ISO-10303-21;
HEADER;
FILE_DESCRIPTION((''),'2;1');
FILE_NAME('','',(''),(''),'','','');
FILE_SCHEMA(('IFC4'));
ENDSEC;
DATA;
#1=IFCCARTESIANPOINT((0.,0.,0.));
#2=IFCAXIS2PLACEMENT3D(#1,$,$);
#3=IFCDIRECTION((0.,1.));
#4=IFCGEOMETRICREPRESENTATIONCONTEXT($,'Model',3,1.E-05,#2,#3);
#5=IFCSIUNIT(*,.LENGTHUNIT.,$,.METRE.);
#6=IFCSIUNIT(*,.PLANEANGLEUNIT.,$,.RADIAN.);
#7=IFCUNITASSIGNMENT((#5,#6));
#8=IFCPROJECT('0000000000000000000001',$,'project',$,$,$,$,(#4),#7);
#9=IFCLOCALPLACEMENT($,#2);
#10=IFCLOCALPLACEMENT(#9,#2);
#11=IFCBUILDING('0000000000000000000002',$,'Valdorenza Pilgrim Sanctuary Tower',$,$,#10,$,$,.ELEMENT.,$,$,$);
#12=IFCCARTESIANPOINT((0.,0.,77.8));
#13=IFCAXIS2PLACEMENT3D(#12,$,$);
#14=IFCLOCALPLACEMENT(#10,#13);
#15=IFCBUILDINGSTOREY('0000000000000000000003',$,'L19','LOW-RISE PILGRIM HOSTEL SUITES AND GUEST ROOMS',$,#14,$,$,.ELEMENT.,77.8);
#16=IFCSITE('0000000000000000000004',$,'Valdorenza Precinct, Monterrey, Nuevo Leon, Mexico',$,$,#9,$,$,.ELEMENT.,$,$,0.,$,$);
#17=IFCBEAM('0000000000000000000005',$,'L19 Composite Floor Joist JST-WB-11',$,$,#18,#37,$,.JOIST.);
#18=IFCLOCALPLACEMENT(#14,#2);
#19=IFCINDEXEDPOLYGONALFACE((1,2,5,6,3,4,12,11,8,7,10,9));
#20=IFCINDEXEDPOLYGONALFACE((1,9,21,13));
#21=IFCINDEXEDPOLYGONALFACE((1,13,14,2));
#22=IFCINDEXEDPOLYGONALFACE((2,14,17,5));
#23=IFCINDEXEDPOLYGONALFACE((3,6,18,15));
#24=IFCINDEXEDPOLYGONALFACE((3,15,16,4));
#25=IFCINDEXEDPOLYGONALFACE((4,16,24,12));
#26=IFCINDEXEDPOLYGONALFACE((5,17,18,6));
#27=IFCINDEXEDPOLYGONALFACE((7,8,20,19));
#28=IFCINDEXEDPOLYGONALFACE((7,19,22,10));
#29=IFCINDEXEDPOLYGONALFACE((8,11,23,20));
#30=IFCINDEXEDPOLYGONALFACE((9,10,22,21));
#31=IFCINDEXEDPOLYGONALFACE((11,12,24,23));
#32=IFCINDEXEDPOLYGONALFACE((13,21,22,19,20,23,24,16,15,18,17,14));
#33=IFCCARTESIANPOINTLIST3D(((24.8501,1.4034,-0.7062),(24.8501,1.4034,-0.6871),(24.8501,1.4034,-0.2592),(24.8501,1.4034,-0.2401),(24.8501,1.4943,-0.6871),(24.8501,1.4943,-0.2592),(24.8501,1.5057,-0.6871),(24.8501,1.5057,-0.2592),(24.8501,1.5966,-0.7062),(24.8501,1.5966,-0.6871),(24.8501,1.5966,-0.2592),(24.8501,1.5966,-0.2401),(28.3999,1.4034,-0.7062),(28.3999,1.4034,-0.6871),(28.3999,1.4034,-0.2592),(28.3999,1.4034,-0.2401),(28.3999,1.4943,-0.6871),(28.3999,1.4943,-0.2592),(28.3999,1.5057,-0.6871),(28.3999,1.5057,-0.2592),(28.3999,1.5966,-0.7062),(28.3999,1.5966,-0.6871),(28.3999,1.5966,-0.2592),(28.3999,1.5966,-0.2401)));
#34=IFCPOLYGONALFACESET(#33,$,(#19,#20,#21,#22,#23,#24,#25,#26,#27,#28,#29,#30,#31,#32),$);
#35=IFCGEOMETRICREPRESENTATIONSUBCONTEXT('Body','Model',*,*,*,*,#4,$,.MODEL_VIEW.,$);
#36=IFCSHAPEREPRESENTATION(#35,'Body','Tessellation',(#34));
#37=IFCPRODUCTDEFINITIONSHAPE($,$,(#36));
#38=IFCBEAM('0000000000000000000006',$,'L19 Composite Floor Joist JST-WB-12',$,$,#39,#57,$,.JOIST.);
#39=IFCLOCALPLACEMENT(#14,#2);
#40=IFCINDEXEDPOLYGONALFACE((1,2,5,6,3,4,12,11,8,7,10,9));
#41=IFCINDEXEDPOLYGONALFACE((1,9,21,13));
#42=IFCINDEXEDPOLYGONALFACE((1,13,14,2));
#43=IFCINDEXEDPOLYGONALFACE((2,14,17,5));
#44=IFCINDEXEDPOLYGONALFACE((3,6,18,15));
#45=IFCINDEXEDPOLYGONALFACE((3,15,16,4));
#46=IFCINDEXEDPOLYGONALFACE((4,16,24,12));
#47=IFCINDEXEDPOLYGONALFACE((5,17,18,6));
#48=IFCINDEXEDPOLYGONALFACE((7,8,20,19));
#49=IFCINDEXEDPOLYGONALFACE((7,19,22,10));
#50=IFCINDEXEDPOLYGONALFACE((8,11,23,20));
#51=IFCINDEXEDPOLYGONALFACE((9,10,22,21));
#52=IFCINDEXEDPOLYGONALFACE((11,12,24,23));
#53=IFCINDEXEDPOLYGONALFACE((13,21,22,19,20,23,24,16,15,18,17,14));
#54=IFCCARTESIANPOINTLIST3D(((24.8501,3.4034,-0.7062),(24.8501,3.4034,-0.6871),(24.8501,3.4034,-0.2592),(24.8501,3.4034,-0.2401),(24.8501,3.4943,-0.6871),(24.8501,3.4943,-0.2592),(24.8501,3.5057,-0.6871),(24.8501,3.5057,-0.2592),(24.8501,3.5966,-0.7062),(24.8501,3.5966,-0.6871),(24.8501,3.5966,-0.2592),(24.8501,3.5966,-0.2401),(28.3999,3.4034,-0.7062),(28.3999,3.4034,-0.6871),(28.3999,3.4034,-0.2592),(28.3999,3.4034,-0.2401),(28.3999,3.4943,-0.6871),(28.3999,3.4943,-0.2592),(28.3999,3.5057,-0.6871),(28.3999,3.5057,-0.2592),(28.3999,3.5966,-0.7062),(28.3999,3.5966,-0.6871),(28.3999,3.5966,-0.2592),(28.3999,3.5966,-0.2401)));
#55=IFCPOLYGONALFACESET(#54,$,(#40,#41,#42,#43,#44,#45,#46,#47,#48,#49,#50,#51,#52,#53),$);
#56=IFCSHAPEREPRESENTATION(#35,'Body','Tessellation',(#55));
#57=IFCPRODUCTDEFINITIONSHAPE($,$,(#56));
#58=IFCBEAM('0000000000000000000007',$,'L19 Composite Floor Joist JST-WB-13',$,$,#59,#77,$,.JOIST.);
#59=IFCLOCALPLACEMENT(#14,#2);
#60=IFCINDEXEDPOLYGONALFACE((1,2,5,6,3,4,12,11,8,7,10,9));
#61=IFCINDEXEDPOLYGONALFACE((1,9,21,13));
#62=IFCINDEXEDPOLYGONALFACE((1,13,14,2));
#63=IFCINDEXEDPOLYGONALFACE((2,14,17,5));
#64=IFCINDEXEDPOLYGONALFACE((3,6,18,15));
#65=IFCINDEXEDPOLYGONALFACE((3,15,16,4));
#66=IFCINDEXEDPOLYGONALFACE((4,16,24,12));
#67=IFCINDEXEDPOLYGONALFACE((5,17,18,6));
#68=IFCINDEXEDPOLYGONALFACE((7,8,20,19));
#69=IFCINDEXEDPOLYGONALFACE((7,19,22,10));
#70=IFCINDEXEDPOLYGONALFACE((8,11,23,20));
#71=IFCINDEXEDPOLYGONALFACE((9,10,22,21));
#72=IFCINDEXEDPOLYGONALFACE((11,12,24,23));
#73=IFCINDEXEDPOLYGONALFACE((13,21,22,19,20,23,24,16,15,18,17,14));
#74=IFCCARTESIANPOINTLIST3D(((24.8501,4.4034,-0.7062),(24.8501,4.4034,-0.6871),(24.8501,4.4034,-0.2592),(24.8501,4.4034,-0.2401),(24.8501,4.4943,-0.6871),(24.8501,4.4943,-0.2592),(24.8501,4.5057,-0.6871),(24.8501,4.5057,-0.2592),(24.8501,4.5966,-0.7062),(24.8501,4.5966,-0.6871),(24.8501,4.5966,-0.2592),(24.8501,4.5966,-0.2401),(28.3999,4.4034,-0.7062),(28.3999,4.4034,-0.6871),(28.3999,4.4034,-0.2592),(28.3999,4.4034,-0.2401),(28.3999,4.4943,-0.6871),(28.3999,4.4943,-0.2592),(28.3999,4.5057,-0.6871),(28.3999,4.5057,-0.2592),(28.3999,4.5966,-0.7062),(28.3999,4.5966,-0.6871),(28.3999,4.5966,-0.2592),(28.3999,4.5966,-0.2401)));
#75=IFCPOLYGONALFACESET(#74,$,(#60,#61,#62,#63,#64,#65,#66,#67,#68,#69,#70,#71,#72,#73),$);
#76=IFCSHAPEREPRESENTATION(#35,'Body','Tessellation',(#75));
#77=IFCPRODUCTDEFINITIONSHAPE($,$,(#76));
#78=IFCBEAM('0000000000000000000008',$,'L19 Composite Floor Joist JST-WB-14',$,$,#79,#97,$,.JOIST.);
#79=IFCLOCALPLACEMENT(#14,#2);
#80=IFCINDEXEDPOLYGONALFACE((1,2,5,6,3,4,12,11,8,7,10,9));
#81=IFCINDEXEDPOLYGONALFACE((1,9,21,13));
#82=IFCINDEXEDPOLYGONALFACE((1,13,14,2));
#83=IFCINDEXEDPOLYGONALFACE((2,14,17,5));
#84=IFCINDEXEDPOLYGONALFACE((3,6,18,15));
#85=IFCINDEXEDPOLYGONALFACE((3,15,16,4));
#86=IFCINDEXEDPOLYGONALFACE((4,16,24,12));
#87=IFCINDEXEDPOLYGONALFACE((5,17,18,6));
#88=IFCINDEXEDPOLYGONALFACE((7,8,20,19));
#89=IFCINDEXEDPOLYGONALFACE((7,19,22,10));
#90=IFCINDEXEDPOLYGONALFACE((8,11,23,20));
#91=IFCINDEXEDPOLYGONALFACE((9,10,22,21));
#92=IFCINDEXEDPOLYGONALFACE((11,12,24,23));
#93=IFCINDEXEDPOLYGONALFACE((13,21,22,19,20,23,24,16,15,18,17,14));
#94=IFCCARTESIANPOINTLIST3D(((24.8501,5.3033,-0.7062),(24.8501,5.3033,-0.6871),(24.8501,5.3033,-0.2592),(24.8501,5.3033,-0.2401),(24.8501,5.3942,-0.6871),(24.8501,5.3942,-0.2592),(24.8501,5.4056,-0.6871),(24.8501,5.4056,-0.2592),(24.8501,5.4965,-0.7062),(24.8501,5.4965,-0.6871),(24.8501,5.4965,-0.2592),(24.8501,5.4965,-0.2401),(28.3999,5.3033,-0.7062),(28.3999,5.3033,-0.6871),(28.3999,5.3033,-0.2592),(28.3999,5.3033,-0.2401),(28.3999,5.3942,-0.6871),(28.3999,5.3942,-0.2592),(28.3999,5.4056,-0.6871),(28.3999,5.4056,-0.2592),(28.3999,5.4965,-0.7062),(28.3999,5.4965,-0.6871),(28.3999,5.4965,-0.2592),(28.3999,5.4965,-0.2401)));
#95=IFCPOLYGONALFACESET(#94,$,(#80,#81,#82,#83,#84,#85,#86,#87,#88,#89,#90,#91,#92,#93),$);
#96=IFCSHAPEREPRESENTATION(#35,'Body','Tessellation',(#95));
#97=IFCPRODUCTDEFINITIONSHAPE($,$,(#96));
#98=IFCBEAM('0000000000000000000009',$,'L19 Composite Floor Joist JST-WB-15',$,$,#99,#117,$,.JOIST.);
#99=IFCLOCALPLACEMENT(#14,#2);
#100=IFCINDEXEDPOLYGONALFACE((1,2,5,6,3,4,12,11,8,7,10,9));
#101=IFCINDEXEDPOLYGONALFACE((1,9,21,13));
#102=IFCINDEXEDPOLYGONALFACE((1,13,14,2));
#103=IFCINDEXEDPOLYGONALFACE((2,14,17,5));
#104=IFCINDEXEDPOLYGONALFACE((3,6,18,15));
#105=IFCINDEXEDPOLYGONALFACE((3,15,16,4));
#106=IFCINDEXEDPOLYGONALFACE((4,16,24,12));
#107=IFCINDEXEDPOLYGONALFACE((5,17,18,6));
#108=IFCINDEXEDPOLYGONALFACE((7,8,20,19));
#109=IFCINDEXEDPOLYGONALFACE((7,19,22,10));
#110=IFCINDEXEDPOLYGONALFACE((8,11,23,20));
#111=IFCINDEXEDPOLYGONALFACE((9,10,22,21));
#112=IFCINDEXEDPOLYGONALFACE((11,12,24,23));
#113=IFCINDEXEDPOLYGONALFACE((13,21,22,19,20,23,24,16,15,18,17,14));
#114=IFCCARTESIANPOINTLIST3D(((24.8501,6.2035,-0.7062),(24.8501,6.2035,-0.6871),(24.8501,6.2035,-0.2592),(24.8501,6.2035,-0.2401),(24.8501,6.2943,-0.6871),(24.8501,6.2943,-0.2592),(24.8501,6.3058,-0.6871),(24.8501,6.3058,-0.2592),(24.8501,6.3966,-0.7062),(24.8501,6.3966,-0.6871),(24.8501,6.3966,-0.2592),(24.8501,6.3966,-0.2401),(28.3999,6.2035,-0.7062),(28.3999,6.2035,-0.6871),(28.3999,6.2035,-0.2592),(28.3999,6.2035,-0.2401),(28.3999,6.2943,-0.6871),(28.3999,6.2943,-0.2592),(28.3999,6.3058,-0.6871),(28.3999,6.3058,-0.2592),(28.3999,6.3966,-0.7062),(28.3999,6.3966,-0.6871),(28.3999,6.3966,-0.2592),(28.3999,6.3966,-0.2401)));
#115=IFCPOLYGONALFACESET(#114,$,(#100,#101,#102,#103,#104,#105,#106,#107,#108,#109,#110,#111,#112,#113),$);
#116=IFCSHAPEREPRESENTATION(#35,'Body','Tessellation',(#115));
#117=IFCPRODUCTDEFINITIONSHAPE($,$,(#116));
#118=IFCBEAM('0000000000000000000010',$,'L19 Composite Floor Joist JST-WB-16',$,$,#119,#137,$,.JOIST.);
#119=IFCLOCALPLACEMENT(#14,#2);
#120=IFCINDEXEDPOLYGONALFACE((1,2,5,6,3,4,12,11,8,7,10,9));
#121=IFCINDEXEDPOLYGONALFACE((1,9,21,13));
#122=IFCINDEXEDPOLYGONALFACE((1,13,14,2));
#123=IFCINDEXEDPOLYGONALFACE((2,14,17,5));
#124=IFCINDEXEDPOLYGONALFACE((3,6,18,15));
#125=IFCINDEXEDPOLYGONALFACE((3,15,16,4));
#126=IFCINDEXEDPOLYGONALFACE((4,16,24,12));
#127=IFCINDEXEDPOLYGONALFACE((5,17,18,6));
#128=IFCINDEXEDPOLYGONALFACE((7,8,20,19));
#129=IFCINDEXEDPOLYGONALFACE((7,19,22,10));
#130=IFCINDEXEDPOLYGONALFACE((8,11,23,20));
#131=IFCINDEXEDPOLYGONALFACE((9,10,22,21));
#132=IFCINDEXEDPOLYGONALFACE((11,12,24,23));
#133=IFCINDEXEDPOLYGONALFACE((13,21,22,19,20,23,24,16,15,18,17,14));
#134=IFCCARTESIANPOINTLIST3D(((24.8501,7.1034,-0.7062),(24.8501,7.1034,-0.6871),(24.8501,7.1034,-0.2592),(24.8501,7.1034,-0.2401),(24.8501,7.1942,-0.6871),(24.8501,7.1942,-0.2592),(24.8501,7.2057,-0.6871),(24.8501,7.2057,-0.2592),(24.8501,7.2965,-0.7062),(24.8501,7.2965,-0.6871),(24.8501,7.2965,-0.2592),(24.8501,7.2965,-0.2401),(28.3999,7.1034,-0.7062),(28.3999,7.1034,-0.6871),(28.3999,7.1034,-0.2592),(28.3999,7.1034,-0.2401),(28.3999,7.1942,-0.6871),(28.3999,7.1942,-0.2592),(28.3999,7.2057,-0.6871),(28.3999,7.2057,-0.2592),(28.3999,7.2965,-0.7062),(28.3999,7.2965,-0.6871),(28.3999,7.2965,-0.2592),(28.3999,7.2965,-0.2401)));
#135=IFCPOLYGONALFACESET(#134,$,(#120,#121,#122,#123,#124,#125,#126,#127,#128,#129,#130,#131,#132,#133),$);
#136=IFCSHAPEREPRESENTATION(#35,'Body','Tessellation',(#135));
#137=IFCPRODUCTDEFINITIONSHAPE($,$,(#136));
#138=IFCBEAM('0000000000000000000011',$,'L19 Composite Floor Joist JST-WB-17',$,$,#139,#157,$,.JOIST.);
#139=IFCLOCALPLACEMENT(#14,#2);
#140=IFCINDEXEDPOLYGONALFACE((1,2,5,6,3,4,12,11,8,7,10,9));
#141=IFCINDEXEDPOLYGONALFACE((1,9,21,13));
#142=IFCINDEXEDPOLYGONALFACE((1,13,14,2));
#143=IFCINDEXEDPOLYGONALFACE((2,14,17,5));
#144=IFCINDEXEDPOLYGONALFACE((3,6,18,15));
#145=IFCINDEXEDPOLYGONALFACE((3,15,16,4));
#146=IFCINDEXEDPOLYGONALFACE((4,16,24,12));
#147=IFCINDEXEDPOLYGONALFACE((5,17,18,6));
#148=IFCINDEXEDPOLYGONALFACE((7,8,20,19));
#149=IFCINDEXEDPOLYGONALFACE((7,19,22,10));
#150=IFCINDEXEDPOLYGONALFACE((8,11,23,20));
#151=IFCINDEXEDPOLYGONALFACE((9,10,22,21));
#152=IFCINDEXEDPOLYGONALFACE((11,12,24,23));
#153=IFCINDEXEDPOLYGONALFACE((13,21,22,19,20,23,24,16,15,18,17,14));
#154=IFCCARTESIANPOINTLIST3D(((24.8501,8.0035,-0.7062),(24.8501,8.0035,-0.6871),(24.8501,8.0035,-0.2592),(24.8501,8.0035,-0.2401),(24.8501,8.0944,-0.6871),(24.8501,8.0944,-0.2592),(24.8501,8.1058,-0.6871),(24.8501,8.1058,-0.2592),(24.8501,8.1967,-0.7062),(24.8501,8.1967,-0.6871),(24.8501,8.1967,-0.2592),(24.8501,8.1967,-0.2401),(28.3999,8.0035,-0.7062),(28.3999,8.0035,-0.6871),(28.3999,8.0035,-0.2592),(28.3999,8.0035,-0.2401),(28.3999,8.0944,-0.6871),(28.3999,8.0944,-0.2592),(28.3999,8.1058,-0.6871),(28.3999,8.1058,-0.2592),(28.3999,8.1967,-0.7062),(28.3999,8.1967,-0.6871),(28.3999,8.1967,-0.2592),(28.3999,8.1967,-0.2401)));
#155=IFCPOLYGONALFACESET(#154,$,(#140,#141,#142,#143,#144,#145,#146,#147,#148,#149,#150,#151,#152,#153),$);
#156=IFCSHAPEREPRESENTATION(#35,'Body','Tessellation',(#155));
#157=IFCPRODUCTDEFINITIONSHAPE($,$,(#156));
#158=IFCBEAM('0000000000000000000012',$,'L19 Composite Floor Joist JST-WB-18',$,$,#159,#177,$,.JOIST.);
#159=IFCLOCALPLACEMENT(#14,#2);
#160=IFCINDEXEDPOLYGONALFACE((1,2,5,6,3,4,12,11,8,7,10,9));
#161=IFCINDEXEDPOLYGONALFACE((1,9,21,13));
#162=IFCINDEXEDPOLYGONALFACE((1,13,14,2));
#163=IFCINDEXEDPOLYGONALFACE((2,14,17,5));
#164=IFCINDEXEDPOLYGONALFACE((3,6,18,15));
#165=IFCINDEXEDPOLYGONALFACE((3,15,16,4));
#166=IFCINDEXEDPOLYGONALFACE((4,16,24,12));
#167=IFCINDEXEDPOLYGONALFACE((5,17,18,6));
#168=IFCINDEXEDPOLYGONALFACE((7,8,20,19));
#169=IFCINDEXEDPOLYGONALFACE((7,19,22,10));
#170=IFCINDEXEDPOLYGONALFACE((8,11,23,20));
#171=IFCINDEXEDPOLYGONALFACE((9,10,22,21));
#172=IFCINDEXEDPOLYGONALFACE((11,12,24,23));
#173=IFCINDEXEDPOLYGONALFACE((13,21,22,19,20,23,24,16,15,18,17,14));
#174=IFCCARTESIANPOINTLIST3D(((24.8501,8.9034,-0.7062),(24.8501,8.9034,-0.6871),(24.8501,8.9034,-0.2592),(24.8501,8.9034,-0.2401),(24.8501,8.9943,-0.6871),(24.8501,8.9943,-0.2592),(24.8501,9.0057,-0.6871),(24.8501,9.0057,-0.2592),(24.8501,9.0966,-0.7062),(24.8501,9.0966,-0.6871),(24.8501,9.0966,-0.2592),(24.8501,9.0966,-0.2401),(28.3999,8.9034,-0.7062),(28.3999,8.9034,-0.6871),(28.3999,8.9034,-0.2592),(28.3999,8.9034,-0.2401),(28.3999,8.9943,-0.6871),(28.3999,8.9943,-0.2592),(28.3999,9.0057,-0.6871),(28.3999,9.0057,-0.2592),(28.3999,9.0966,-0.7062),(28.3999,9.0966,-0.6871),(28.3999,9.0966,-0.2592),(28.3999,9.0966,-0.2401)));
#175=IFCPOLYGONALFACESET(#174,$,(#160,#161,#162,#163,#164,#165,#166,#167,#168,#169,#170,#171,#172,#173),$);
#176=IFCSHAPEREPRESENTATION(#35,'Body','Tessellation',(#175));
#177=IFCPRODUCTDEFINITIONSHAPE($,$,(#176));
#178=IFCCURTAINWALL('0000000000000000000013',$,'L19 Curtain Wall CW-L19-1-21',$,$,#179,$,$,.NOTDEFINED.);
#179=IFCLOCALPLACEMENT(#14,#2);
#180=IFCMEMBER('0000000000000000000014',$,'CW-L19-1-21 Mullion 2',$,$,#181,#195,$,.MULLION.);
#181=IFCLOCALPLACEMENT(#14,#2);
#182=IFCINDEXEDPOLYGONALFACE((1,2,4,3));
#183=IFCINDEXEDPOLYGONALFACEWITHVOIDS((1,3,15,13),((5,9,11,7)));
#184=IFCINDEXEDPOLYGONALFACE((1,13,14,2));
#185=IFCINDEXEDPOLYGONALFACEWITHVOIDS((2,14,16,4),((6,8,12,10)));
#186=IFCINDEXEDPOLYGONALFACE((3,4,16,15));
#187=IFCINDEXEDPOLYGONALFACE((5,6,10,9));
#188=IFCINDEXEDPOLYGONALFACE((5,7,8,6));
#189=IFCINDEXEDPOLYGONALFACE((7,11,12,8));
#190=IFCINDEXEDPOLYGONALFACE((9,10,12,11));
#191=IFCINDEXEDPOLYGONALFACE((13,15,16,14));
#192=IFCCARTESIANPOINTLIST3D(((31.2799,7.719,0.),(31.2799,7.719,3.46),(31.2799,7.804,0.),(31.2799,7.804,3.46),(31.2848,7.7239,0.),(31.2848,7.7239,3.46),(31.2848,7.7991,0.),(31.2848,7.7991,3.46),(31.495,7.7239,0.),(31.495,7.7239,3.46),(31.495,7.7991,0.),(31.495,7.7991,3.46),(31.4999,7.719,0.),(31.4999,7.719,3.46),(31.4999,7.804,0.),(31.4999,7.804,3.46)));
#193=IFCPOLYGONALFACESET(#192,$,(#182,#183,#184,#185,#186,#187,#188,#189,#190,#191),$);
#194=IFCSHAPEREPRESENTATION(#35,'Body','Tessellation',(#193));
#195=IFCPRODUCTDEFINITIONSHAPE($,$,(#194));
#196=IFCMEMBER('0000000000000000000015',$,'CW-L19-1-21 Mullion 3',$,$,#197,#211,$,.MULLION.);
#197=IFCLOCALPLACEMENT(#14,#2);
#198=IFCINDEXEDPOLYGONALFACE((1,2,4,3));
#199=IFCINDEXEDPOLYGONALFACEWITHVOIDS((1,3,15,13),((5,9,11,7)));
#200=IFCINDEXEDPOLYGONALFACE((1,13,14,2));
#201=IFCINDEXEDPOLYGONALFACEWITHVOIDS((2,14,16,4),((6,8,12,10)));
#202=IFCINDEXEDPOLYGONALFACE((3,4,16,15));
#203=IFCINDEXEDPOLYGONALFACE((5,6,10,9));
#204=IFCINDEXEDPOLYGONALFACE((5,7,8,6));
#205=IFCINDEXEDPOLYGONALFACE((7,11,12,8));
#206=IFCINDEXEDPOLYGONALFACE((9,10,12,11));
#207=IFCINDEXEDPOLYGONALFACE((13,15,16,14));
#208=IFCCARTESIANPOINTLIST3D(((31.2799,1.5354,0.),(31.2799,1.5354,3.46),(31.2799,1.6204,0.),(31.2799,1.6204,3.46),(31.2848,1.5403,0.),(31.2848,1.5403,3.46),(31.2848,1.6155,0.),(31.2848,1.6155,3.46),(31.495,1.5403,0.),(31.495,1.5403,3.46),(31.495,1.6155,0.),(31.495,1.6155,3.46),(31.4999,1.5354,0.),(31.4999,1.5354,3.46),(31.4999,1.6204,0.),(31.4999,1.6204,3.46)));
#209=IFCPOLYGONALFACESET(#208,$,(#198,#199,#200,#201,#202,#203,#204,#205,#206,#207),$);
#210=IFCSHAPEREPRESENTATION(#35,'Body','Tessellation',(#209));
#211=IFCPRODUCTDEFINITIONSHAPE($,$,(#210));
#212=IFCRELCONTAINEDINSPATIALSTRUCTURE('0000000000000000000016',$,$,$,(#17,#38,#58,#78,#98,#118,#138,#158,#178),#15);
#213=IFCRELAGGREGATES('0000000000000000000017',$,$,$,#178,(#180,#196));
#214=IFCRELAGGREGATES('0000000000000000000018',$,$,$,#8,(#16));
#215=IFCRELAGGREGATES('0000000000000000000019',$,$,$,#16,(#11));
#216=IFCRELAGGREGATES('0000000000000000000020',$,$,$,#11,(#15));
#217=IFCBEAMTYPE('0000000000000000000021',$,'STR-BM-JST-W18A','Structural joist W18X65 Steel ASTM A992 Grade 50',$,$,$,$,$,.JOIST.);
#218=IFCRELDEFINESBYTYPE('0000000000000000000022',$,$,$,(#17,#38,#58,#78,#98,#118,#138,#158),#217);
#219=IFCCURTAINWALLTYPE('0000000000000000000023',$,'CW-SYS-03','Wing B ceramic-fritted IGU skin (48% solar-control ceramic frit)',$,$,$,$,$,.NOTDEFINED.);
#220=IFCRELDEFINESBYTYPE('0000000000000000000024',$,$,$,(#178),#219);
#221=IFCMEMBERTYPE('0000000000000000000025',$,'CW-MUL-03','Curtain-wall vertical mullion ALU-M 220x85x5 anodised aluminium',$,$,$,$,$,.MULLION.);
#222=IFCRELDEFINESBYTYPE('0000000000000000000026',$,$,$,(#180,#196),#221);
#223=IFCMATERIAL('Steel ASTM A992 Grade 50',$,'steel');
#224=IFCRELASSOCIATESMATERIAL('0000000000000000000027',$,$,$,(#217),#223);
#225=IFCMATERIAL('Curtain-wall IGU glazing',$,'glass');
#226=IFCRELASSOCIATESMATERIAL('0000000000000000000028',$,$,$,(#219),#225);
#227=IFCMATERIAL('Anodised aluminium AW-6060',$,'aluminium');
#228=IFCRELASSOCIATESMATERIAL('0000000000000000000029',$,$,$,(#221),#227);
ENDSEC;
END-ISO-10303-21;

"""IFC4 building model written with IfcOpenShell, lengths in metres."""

from ifc_helpers import new_model, si_unit, direction, frame, origin, origin_2d, place, context, subcontext, project, spatial, hollow_rectangle, i_section, extrude, source, transform, mapped, material, material_profile, profile_set, type_object, element, aggregate, save


model = new_model("IFC4")

# Units and contexts
model_context = context("Model", 3, precision=1e-05, world=origin(), true_north=direction((0.0, 1.0)))
body_context = subcontext(model_context, "Body", "Model", "MODEL_VIEW")
ifc_project = project(units=[si_unit("LENGTHUNIT", "METRE"), si_unit("PLANEANGLEUNIT", "RADIAN")], contexts=[model_context])

# Site, building, storey
site_placement = place(None, origin())
site = spatial("IfcSite", under=ifc_project, at=site_placement, Name="Valdorenza Precinct, Monterrey, Nuevo Leon, Mexico", CompositionType="ELEMENT", RefElevation=0.0)
building_placement = place(site_placement, origin())
building = spatial("IfcBuilding", under=site, at=building_placement, Name="Valdorenza Pilgrim Sanctuary Tower", CompositionType="ELEMENT")
storey_placement = place(building_placement, frame((0.0, 0.0, 77.8)))
storey = spatial("IfcBuildingStorey", under=building, at=storey_placement, Name="L19", Description="LOW-RISE PILGRIM HOSTEL SUITES AND GUEST ROOMS", CompositionType="ELEMENT", Elevation=77.8)

# Beams
ifc_material_1 = material(Name="Steel ASTM A992 Grade 50", Category="steel")
ifc_material_profile_1 = material_profile(ifc_material_1, i_section(OverallWidth=0.1931, OverallDepth=0.4661, WebThickness=0.0115, FlangeThickness=0.019, at=origin_2d()), Name="W18X65")
ifc_profile_set_1 = profile_set([ifc_material_profile_1], Name="Steel ASTM A992 Grade 50")
beam_type = type_object("IfcBeamType", Name="STR-BM-JST-W18A", Description="Structural joist W18X65 Steel ASTM A992 Grade 50", PredefinedType="JOIST", material=ifc_profile_set_1)
shared_shape_1 = source(origin(), body_context, "Body", "SweptSolid", [
    extrude(i_section(OverallWidth=0.1931, OverallDepth=0.4661, WebThickness=0.0115, FlangeThickness=0.019, at=origin_2d()), origin(), (0.0, 0.0, 1.0), 3.5498),
])
for number, where, z_axis, x_axis, name in (
    (1, (24.8501, 1.5, -0.4731), (1.0, 0.0, 0.0), (0.0, 1.0, 0.0), "L19 Composite Floor Joist JST-WB-11"),
    (2, (24.8501, 3.5, -0.4731), (1.0, 0.0, 0.0), (0.0, 1.0, 0.0), "L19 Composite Floor Joist JST-WB-12"),
    (3, (24.8501, 4.5, -0.4731), (1.0, 0.0, 0.0), (0.0, 1.0, 0.0), "L19 Composite Floor Joist JST-WB-13"),
    (4, (24.8501, 5.3999, -0.4731), (1.0, 0.0, 0.0), (0.0, 1.0, 0.0), "L19 Composite Floor Joist JST-WB-14"),
    (5, (24.8501, 6.3, -0.4731), (1.0, 0.0, 0.0), (0.0, 1.0, 0.0), "L19 Composite Floor Joist JST-WB-15"),
    (6, (24.8501, 7.2, -0.4731), (1.0, 0.0, 0.0), (0.0, 1.0, 0.0), "L19 Composite Floor Joist JST-WB-16"),
    (7, (24.8501, 8.1001, -0.4731), (1.0, 0.0, 0.0), (0.0, 1.0, 0.0), "L19 Composite Floor Joist JST-WB-17"),
    (8, (24.8501, 9.0, -0.4731), (1.0, 0.0, 0.0), (0.0, 1.0, 0.0), "L19 Composite Floor Joist JST-WB-18"),
):
    element("IfcBeam", number, at=place(storey_placement, frame(where, z_axis=z_axis, x_axis=x_axis)), inside=storey, type_object=beam_type, Name=name, PredefinedType="JOIST", context=body_context, shape_type="MappedRepresentation", body=[
        mapped(shared_shape_1, transform((0.0, 0.0, 0.0), x_axis=(1.0, 0.0, 0.0), y_axis=(0.0, 1.0, 0.0), z_axis=(0.0, 0.0, 1.0), scale=1.0)),
    ])

# Curtain wall, members
ifc_material_2 = material(Name="Curtain-wall IGU glazing", Category="glass")
curtain_wall_type = type_object("IfcCurtainWallType", Name="CW-SYS-03", Description="Wing B ceramic-fritted IGU skin (48% solar-control ceramic frit)", PredefinedType="NOTDEFINED", material=ifc_material_2)
curtain_wall_placement = place(storey_placement, origin())
curtain_wall = element("IfcCurtainWall", 9, at=curtain_wall_placement, inside=storey, type_object=curtain_wall_type, Name="L19 Curtain Wall CW-L19-1-21", PredefinedType="NOTDEFINED")
ifc_material_3 = material(Name="Anodised aluminium AW-6060", Category="aluminium")
ifc_material_profile_2 = material_profile(ifc_material_3, hollow_rectangle(XDim=0.085, YDim=0.22, WallThickness=0.0049, at=origin_2d()), Name="ALU-M 220x85x5")
ifc_profile_set_2 = profile_set([ifc_material_profile_2], Name="Anodised aluminium AW-6060")
member_type = type_object("IfcMemberType", Name="CW-MUL-03", Description="Curtain-wall vertical mullion ALU-M 220x85x5 anodised aluminium", PredefinedType="MULLION", material=ifc_profile_set_2)
shared_shape_2 = source(origin(), body_context, "Body", "SweptSolid", [
    extrude(hollow_rectangle(XDim=0.085, YDim=0.22, WallThickness=0.0049, at=origin_2d()), origin(), (0.0, 0.0, 1.0), 3.46),
])
member_1_placement = place(storey_placement, frame((31.3899, 7.7615, 0.0), z_axis=(0.0, 0.0, 1.0), x_axis=(0.0, -1.0, 0.0)))
member_1 = element("IfcMember", 10, at=member_1_placement, type_object=member_type, Name="CW-L19-1-21 Mullion 2", PredefinedType="MULLION", context=body_context, shape_type="MappedRepresentation", body=[
    mapped(shared_shape_2, transform((0.0, 0.0, 0.0), x_axis=(1.0, 0.0, 0.0), y_axis=(0.0, 1.0, 0.0), z_axis=(0.0, 0.0, 1.0), scale=1.0)),
])
member_2_placement = place(storey_placement, frame((31.3899, 1.5779, 0.0), z_axis=(0.0, 0.0, 1.0), x_axis=(0.0, -1.0, 0.0)))
member_2 = element("IfcMember", 11, at=member_2_placement, type_object=member_type, Name="CW-L19-1-21 Mullion 3", PredefinedType="MULLION", context=body_context, shape_type="MappedRepresentation", body=[
    mapped(shared_shape_2, transform((0.0, 0.0, 0.0), x_axis=(1.0, 0.0, 0.0), y_axis=(0.0, 1.0, 0.0), z_axis=(0.0, 0.0, 1.0), scale=1.0)),
])
aggregate(curtain_wall, [member_1, member_2])

save(model, "model.ifc")
